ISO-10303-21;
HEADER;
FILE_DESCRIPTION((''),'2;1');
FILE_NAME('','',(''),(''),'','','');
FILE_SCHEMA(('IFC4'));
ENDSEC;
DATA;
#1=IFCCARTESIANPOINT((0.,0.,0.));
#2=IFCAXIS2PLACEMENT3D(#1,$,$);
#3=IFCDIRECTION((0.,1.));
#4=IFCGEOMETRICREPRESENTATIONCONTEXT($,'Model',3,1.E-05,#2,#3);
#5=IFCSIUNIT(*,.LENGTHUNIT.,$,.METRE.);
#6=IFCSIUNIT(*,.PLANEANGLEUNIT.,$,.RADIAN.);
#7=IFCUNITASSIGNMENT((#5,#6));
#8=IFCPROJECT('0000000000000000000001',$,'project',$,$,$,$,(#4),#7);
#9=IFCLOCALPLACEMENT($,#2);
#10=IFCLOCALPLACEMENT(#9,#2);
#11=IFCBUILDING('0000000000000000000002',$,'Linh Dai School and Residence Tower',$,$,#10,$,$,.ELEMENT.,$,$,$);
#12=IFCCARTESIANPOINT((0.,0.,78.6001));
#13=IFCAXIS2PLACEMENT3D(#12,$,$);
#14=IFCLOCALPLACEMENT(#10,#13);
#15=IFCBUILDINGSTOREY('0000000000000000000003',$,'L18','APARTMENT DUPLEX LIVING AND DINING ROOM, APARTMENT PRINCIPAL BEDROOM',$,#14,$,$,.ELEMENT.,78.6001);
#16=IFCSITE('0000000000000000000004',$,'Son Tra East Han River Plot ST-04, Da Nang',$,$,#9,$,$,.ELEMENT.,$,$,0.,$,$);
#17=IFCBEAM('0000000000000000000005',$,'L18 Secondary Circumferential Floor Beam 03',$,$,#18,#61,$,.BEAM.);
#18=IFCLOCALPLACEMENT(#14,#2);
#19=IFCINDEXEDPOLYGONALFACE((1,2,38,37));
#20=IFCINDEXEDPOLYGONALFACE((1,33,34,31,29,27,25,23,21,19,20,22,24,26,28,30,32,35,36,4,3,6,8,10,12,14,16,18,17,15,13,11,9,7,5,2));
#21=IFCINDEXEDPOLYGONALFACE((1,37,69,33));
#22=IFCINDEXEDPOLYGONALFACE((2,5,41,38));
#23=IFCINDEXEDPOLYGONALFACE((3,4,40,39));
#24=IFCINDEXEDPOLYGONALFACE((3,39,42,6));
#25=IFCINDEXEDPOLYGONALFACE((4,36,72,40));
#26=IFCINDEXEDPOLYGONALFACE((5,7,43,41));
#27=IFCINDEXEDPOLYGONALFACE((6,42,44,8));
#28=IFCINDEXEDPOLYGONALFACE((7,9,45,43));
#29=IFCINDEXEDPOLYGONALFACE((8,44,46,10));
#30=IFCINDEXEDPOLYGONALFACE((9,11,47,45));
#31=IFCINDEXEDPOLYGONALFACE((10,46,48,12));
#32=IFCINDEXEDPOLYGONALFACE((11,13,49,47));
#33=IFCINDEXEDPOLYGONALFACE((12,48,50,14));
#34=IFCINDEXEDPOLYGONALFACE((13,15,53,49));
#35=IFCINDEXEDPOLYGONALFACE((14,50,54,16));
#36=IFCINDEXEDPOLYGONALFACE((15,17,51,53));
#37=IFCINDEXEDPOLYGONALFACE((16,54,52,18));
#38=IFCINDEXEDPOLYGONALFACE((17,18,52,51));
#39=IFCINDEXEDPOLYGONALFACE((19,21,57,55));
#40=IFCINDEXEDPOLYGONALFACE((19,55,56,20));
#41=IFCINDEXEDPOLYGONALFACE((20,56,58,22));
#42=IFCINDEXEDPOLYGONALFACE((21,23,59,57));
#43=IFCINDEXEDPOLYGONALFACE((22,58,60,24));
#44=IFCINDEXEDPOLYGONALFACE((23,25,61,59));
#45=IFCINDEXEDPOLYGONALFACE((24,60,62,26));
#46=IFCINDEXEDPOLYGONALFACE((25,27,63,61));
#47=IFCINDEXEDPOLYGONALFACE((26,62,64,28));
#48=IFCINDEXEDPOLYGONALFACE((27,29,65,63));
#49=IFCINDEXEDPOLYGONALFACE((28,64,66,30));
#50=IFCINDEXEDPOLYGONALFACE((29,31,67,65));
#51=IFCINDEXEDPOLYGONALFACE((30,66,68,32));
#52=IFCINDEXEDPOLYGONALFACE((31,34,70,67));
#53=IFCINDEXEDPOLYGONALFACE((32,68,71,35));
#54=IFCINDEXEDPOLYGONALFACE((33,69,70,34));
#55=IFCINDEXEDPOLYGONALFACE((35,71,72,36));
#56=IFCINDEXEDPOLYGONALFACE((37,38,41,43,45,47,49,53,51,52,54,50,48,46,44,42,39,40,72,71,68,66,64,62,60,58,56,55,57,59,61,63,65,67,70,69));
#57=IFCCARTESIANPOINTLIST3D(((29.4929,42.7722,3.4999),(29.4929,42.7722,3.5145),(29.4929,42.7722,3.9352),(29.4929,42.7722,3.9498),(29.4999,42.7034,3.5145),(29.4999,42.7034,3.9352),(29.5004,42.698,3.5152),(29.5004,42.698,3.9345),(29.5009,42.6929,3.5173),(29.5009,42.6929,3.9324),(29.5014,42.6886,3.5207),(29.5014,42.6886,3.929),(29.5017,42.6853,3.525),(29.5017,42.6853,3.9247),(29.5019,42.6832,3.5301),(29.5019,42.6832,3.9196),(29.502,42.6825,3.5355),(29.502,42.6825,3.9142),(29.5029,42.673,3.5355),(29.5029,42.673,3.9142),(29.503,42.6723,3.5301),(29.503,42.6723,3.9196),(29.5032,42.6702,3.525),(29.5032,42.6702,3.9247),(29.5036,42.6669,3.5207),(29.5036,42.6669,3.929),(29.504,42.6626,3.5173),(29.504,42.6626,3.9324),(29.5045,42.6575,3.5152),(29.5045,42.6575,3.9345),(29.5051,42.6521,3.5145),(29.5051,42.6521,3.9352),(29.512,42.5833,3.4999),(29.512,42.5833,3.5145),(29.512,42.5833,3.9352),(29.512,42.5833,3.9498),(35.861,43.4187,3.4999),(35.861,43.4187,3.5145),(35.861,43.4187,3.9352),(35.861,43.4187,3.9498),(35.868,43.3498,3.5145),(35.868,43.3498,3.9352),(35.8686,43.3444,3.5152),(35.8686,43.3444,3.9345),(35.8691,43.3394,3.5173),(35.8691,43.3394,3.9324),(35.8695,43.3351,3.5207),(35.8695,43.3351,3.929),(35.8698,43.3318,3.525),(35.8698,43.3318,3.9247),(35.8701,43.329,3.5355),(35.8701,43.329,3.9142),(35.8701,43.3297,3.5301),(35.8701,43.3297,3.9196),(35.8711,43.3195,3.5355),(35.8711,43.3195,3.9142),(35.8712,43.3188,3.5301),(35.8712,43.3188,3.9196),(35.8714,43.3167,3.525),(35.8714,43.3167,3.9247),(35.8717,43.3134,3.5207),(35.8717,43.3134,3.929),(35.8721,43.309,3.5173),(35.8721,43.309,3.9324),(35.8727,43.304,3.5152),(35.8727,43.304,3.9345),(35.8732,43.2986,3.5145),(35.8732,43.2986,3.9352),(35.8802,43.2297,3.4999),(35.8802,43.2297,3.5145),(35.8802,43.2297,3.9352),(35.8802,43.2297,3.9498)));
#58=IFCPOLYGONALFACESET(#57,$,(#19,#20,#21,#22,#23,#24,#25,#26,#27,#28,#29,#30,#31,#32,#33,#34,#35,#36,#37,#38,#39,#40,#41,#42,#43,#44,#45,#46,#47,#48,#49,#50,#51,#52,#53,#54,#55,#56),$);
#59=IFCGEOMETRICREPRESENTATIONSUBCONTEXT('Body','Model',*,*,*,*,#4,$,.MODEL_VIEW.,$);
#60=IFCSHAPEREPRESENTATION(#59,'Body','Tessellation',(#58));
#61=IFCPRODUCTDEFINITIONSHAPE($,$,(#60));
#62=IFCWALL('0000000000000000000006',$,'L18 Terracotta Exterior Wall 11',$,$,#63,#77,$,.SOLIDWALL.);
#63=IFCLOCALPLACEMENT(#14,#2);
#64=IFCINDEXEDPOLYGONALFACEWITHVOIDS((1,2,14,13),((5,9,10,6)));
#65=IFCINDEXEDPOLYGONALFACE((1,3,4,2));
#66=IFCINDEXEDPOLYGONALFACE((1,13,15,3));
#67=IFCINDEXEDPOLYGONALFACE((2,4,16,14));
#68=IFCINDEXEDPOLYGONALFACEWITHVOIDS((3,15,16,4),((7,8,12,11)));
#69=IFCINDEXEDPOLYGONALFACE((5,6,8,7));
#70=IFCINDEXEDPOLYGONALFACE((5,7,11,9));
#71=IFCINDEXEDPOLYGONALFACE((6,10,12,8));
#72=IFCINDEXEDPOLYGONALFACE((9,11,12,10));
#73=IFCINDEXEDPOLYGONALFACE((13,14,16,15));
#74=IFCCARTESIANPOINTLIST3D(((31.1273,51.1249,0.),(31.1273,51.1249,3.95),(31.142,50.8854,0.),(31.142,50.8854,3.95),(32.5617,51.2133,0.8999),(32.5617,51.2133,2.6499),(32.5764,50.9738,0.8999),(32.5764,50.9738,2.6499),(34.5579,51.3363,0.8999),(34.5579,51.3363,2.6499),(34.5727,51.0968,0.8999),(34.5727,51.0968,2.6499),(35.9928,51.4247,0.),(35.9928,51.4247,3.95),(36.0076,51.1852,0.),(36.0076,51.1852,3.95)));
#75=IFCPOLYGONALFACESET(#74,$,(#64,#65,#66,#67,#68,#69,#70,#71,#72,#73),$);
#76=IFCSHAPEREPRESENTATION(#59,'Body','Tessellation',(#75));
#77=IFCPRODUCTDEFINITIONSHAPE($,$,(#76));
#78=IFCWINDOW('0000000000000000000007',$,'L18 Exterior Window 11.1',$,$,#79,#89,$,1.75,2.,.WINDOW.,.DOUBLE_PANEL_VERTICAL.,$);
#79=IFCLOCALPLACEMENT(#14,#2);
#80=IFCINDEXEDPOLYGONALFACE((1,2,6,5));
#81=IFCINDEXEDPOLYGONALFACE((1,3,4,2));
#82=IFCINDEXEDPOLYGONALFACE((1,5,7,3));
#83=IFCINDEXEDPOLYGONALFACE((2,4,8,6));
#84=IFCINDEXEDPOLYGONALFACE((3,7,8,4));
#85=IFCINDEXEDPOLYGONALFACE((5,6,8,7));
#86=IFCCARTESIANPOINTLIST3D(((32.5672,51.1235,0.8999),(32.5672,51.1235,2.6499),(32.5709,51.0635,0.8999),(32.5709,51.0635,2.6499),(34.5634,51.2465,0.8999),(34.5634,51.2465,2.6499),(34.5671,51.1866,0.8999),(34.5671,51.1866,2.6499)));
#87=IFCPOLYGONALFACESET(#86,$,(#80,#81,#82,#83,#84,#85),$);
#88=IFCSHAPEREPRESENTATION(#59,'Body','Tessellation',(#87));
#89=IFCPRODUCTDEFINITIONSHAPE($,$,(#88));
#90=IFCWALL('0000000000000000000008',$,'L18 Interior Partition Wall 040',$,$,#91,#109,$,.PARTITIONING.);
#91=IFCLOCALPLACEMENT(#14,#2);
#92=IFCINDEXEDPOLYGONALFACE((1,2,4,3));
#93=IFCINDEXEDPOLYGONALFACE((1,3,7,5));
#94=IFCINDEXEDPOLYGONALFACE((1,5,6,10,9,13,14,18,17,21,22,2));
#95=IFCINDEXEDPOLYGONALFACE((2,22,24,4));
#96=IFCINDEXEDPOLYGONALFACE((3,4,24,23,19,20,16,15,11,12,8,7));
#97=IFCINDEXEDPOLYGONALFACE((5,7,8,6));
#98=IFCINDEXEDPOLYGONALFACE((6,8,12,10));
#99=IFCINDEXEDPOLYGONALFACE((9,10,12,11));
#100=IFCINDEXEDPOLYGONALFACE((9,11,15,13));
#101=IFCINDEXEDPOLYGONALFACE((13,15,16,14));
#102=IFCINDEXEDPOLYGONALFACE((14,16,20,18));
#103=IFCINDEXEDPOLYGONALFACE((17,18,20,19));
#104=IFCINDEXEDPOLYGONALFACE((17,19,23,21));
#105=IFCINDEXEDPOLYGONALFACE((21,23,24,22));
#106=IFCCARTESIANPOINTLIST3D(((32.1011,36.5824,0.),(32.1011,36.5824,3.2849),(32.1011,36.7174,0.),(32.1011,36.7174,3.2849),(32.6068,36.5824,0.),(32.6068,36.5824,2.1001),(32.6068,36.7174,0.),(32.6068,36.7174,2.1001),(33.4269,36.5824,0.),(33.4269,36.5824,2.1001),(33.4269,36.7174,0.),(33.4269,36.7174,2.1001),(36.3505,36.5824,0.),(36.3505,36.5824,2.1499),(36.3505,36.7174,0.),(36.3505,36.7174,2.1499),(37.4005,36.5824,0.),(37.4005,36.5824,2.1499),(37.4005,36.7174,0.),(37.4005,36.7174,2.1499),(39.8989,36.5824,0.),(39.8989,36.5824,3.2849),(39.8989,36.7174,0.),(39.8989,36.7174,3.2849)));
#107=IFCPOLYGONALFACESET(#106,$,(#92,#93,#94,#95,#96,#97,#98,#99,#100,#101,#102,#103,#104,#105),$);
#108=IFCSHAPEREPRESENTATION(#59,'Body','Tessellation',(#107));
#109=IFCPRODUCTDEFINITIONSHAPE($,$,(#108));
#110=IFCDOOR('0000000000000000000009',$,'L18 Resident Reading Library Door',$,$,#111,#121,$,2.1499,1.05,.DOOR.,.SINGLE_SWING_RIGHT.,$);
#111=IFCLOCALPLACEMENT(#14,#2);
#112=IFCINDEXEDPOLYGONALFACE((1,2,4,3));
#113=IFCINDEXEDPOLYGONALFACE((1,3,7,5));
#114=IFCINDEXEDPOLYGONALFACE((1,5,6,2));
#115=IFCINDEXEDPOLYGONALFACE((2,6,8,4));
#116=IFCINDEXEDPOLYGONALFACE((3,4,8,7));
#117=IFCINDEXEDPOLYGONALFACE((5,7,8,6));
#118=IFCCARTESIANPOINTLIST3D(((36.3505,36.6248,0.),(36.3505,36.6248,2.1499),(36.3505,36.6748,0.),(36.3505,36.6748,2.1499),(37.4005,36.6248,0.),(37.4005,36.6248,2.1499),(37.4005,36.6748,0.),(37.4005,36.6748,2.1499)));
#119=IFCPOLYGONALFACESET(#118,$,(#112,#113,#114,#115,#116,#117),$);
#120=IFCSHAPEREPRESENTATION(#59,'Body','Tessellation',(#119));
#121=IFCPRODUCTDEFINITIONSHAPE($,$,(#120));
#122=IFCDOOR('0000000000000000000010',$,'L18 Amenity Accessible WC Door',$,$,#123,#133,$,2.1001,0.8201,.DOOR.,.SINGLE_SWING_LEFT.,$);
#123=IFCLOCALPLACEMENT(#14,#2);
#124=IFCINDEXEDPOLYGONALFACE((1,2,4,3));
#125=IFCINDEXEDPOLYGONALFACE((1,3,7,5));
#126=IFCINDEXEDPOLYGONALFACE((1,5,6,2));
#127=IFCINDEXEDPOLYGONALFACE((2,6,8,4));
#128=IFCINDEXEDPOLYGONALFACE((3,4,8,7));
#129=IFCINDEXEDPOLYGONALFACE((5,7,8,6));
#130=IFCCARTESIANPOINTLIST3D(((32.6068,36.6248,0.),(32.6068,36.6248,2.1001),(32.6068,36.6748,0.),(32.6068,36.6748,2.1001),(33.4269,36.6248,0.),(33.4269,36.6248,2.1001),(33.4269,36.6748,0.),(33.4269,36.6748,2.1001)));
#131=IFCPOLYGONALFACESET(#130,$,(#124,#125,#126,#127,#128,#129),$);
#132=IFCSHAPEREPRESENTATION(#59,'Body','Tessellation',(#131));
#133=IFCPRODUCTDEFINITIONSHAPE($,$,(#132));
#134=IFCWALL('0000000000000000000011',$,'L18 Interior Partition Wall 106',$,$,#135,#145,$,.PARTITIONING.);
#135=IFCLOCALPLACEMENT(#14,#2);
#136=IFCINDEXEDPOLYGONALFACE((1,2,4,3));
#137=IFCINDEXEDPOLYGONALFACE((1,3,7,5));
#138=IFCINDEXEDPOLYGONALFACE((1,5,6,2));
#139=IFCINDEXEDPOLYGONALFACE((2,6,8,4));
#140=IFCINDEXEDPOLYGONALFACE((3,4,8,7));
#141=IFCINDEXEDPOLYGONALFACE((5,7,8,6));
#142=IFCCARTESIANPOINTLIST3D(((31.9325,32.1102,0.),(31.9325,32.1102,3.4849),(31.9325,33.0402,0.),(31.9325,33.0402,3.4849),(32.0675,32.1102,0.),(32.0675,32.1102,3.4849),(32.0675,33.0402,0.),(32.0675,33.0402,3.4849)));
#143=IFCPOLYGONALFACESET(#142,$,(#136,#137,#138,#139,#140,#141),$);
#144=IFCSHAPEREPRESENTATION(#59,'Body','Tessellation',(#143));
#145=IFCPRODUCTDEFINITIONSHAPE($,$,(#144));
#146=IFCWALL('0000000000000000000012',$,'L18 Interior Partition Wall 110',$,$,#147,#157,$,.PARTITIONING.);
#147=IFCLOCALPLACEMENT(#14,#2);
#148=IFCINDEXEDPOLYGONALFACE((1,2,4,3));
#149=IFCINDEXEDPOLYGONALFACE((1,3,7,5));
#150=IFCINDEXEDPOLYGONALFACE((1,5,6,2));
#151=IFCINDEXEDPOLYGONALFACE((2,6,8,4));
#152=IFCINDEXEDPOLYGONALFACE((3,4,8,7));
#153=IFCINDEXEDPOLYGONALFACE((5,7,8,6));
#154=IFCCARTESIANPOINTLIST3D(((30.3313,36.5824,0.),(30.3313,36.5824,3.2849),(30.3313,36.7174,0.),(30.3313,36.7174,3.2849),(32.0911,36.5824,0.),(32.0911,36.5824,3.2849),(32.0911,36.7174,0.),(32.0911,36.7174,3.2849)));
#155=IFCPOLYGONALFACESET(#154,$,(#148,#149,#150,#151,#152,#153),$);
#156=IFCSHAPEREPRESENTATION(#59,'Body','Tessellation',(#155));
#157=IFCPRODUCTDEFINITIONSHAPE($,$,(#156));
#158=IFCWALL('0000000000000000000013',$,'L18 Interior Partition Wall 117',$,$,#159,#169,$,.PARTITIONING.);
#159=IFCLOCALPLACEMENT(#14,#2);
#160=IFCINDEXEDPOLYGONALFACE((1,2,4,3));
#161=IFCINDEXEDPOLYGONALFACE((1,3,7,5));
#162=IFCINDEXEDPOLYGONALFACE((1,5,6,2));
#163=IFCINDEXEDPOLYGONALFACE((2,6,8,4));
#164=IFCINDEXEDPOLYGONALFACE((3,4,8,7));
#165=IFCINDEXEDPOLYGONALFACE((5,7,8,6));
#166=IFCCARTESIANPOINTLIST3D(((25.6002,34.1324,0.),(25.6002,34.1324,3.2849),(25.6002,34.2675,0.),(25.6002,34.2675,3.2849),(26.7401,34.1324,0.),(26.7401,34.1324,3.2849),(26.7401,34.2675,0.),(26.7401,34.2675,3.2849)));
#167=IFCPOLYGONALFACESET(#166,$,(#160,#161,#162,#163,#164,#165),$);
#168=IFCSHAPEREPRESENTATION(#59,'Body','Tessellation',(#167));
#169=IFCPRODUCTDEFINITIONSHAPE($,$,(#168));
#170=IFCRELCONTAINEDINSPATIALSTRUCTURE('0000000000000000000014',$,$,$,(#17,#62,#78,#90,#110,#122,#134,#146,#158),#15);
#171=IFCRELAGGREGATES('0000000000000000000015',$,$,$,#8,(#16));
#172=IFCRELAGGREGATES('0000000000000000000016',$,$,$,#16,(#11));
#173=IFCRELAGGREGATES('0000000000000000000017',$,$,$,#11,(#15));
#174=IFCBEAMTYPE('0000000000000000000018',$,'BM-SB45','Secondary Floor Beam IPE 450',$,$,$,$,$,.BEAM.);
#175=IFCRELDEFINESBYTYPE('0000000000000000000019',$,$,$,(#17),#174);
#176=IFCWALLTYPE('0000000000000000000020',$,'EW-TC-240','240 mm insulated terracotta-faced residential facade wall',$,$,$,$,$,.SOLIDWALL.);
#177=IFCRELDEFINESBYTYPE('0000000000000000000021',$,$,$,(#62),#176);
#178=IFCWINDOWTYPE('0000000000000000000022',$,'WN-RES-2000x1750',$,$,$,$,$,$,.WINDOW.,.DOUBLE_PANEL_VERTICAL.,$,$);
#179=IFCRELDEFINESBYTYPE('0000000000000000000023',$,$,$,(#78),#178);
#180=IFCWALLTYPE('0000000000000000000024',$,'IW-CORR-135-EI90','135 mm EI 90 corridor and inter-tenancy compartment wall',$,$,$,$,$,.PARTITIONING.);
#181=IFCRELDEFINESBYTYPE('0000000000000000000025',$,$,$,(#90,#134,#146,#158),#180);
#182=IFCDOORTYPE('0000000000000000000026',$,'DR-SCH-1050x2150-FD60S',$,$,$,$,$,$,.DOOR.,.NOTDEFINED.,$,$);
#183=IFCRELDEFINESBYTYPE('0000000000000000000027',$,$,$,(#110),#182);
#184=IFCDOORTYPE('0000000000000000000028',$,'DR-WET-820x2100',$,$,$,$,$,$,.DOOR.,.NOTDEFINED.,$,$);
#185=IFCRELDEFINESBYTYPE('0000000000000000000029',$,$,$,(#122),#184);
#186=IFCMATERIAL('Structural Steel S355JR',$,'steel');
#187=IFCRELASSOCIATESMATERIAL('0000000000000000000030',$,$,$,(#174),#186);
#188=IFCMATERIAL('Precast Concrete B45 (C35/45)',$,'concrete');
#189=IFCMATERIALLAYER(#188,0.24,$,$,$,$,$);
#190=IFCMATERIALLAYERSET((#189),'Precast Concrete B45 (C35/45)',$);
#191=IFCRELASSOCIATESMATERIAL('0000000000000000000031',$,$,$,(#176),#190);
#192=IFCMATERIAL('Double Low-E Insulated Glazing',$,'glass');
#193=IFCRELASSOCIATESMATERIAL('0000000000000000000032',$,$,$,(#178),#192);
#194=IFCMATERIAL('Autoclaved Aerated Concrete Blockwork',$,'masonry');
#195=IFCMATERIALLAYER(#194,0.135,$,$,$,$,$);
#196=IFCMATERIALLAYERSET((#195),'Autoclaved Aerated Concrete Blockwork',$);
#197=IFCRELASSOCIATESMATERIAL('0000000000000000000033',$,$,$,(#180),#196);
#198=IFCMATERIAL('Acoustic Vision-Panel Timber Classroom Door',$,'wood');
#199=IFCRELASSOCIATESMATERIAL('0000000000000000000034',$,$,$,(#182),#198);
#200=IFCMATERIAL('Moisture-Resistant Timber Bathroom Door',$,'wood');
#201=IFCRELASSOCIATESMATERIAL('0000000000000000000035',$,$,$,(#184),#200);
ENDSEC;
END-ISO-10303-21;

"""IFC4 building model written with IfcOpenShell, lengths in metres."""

from ifc_helpers import new_model, si_unit, direction, frame, frame_2d, origin, origin_2d, place, context, subcontext, project, spatial, rectangle, i_section, extrude, source, transform, mapped, material, layer, layer_set, material_profile, profile_set, type_object, element, fill, save


model = new_model("IFC4")

# Units and contexts
model_context = context("Model", 3, precision=1e-05, world=origin(), true_north=direction((0.0, 1.0)))
body_context = subcontext(model_context, "Body", "Model", "MODEL_VIEW")
ifc_project = project(units=[si_unit("LENGTHUNIT", "METRE"), si_unit("PLANEANGLEUNIT", "RADIAN")], contexts=[model_context])

# Site, building, storey
site_placement = place(None, origin())
site = spatial("IfcSite", under=ifc_project, at=site_placement, Name="Son Tra East Han River Plot ST-04, Da Nang", CompositionType="ELEMENT", RefElevation=0.0)
building_placement = place(site_placement, origin())
building = spatial("IfcBuilding", under=site, at=building_placement, Name="Linh Dai School and Residence Tower", CompositionType="ELEMENT")
storey_placement = place(building_placement, frame((0.0, 0.0, 78.6001)))
storey = spatial("IfcBuildingStorey", under=building, at=storey_placement, Name="L18", Description="APARTMENT DUPLEX LIVING AND DINING ROOM, APARTMENT PRINCIPAL BEDROOM", CompositionType="ELEMENT", Elevation=78.6001)

# Shared definitions
ifc_material_1 = material(Name="Structural Steel S355JR", Category="steel")

# Beam
ifc_material_profile_1 = material_profile(ifc_material_1, i_section(OverallWidth=0.1899, OverallDepth=0.45, WebThickness=0.0095, FlangeThickness=0.0146, FilletRadius=0.021, at=origin_2d()), Name="IPE 450")
ifc_profile_set_1 = profile_set([ifc_material_profile_1], Name="Structural Steel S355JR")
beam_type_1 = type_object("IfcBeamType", Name="BM-SB45", Description="Secondary Floor Beam IPE 450", PredefinedType="BEAM", material=ifc_profile_set_1)
beam_1_placement = place(storey_placement, frame((35.8706, 43.3242, 3.7249), z_axis=(-0.994887, -0.100999, 0.0), x_axis=(0.100999, -0.994887, 0.0)))
element("IfcBeam", 1, at=beam_1_placement, inside=storey, type_object=beam_type_1, Name="L18 Secondary Circumferential Floor Beam 03", PredefinedType="BEAM", context=body_context, shape_type="SweptSolid", body=[
    extrude(i_section(OverallWidth=0.1899, OverallDepth=0.45, WebThickness=0.0095, FlangeThickness=0.0146, FilletRadius=0.021, at=origin_2d()), origin(), (0.0, 0.0, 1.0), 6.4009),
])

# Wall, opening, window
ifc_material_2 = material(Name="Precast Concrete B45 (C35/45)", Category="concrete")
ifc_layer_1 = layer(ifc_material_2, 0.24)
ifc_layer_set_1 = layer_set([ifc_layer_1], Name="Precast Concrete B45 (C35/45)")
wall_type_1 = type_object("IfcWallType", Name="EW-TC-240", Description="240 mm insulated terracotta-faced residential facade wall", PredefinedType="SOLIDWALL", material=ifc_layer_set_1)
wall_1_placement = place(storey_placement, frame((31.1345, 51.0051, 0.0), z_axis=(0.0, 0.0, 1.0), x_axis=(0.998107, 0.061502, 0.0)))
wall_1 = element("IfcWall", 2, at=wall_1_placement, inside=storey, type_object=wall_type_1, Name="L18 Terracotta Exterior Wall 11", PredefinedType="SOLIDWALL", context=body_context, shape_type="SweptSolid", body=[
    extrude(rectangle(XDim=4.8748, YDim=0.24, at=frame_2d((2.4375, 0.0))), origin(), (0.0, 0.0, 1.0), 3.95),
])
opening_1_placement = place(wall_1_placement, frame((1.4373, 0.0, 0.8999)))
opening_1 = element("IfcOpeningElement", 3, at=opening_1_placement, cuts=wall_1, PredefinedType="OPENING", context=body_context, shape_type="SweptSolid", body=[
    extrude(rectangle(XDim=2.0, YDim=1.75, at=origin_2d()), frame((1.0, 0.1299, 0.875), z_axis=(0.0, -1.0, 0.0), x_axis=(1.0, 0.0, 0.0)), (0.0, 0.0, 1.0), 0.26),
])
ifc_material_3 = material(Name="Double Low-E Insulated Glazing", Category="glass")
window_type = type_object("IfcWindowType", Name="WN-RES-2000x1750", PartitioningType="DOUBLE_PANEL_VERTICAL", PredefinedType="WINDOW", material=ifc_material_3)
shared_shape_1 = source(origin(), body_context, "Body", "SweptSolid", [
    extrude(rectangle(XDim=2.0, YDim=1.75, at=origin_2d()), frame((1.0, 0.03, 0.875), z_axis=(0.0, -1.0, 0.0), x_axis=(1.0, 0.0, 0.0)), (0.0, 0.0, 1.0), 0.0601),
])
window_placement = place(opening_1_placement, origin())
window = element("IfcWindow", 4, at=window_placement, inside=storey, type_object=window_type, Name="L18 Exterior Window 11.1", OverallHeight=1.75, OverallWidth=2.0, PartitioningType="DOUBLE_PANEL_VERTICAL", PredefinedType="WINDOW", context=body_context, shape_type="MappedRepresentation", body=[
    mapped(shared_shape_1, transform((0.0, 0.0, 0.0), x_axis=(1.0, 0.0, 0.0), y_axis=(0.0, 1.0, 0.0), z_axis=(0.0, 0.0, 1.0), scale=1.0)),
])
fill(opening_1, window)

# Wall, openings, doors
ifc_material_4 = material(Name="Autoclaved Aerated Concrete Blockwork", Category="masonry")
ifc_layer_2 = layer(ifc_material_4, 0.135)
ifc_layer_set_2 = layer_set([ifc_layer_2], Name="Autoclaved Aerated Concrete Blockwork")
wall_type_2 = type_object("IfcWallType", Name="IW-CORR-135-EI90", Description="135 mm EI 90 corridor and inter-tenancy compartment wall", PredefinedType="PARTITIONING", material=ifc_layer_set_2)
wall_2_placement = place(storey_placement, frame((32.1011, 36.6499, 0.0), z_axis=(0.0, 0.0, 1.0), x_axis=(1.0, 0.0, 0.0)))
wall_2 = element("IfcWall", 5, at=wall_2_placement, inside=storey, type_object=wall_type_2, Name="L18 Interior Partition Wall 040", PredefinedType="PARTITIONING", context=body_context, shape_type="SweptSolid", body=[
    extrude(rectangle(XDim=7.7979, YDim=0.135, at=frame_2d((3.8989, 0.0))), origin(), (0.0, 0.0, 1.0), 3.2849),
])
opening_2_placement = place(wall_2_placement, frame((4.2495, 0.0, 0.0)))
opening_2 = element("IfcOpeningElement", 6, at=opening_2_placement, cuts=wall_2, PredefinedType="OPENING", context=body_context, shape_type="SweptSolid", body=[
    extrude(rectangle(XDim=1.05, YDim=2.1499, at=origin_2d()), frame((0.5249, 0.0776, 1.075), z_axis=(0.0, -1.0, 0.0), x_axis=(1.0, 0.0, 0.0)), (0.0, 0.0, 1.0), 0.155),
])
opening_3_placement = place(wall_2_placement, frame((0.5056, 0.0, 0.0)))
opening_3 = element("IfcOpeningElement", 7, at=opening_3_placement, cuts=wall_2, PredefinedType="OPENING", context=body_context, shape_type="SweptSolid", body=[
    extrude(rectangle(XDim=0.8201, YDim=2.1001, at=origin_2d()), frame((0.4102, 0.0776, 1.05), z_axis=(0.0, -1.0, 0.0), x_axis=(1.0, 0.0, 0.0)), (0.0, 0.0, 1.0), 0.155),
])
ifc_material_5 = material(Name="Acoustic Vision-Panel Timber Classroom Door", Category="wood")
door_type_1 = type_object("IfcDoorType", Name="DR-SCH-1050x2150-FD60S", OperationType="NOTDEFINED", PredefinedType="DOOR", material=ifc_material_5)
shared_shape_2 = source(origin(), body_context, "Body", "SweptSolid", [
    extrude(rectangle(XDim=1.05, YDim=2.1499, at=origin_2d()), frame((0.5249, 0.0249, 1.075), z_axis=(0.0, -1.0, 0.0), x_axis=(1.0, 0.0, 0.0)), (0.0, 0.0, 1.0), 0.05),
])
door_1_placement = place(opening_2_placement, origin())
door_1 = element("IfcDoor", 8, at=door_1_placement, inside=storey, type_object=door_type_1, Name="L18 Resident Reading Library Door", OperationType="SINGLE_SWING_RIGHT", OverallHeight=2.1499, OverallWidth=1.05, PredefinedType="DOOR", context=body_context, shape_type="MappedRepresentation", body=[
    mapped(shared_shape_2, transform((0.0, 0.0, 0.0), x_axis=(1.0, 0.0, 0.0), y_axis=(0.0, 1.0, 0.0), z_axis=(0.0, 0.0, 1.0), scale=1.0)),
])
fill(opening_2, door_1)
ifc_material_6 = material(Name="Moisture-Resistant Timber Bathroom Door", Category="wood")
door_type_2 = type_object("IfcDoorType", Name="DR-WET-820x2100", OperationType="NOTDEFINED", PredefinedType="DOOR", material=ifc_material_6)
shared_shape_3 = source(origin(), body_context, "Body", "SweptSolid", [
    extrude(rectangle(XDim=0.8201, YDim=2.1001, at=origin_2d()), frame((0.4102, 0.0249, 1.05), z_axis=(0.0, -1.0, 0.0), x_axis=(1.0, 0.0, 0.0)), (0.0, 0.0, 1.0), 0.05),
])
door_2_placement = place(opening_3_placement, origin())
door_2 = element("IfcDoor", 9, at=door_2_placement, inside=storey, type_object=door_type_2, Name="L18 Amenity Accessible WC Door", OperationType="SINGLE_SWING_LEFT", OverallHeight=2.1001, OverallWidth=0.8201, PredefinedType="DOOR", context=body_context, shape_type="MappedRepresentation", body=[
    mapped(shared_shape_3, transform((0.0, 0.0, 0.0), x_axis=(1.0, 0.0, 0.0), y_axis=(0.0, 1.0, 0.0), z_axis=(0.0, 0.0, 1.0), scale=1.0)),
])
fill(opening_3, door_2)

# Walls
wall_3_placement = place(storey_placement, frame((32.0, 33.04, 0.0), z_axis=(0.0, 0.0, 1.0), x_axis=(0.0, -1.0, 0.0)))
element("IfcWall", 10, at=wall_3_placement, inside=storey, type_object=wall_type_2, Name="L18 Interior Partition Wall 106", PredefinedType="PARTITIONING", context=body_context, shape_type="SweptSolid", body=[
    extrude(rectangle(XDim=0.9299, YDim=0.135, at=frame_2d((0.4648, 0.0))), origin(), (0.0, 0.0, 1.0), 3.4849),
])
wall_4_placement = place(storey_placement, frame((30.3313, 36.6499, 0.0), z_axis=(0.0, 0.0, 1.0), x_axis=(1.0, 0.0, 0.0)))
element("IfcWall", 11, at=wall_4_placement, inside=storey, type_object=wall_type_2, Name="L18 Interior Partition Wall 110", PredefinedType="PARTITIONING", context=body_context, shape_type="SweptSolid", body=[
    extrude(rectangle(XDim=1.7598, YDim=0.135, at=frame_2d((0.8799, 0.0))), origin(), (0.0, 0.0, 1.0), 3.2849),
])
wall_5_placement = place(storey_placement, frame((26.74, 34.2, 0.0), z_axis=(0.0, 0.0, 1.0), x_axis=(-1.0, 0.0, 0.0)))
element("IfcWall", 12, at=wall_5_placement, inside=storey, type_object=wall_type_2, Name="L18 Interior Partition Wall 117", PredefinedType="PARTITIONING", context=body_context, shape_type="SweptSolid", body=[
    extrude(rectangle(XDim=1.1399, YDim=0.135, at=frame_2d((0.5698, 0.0))), origin(), (0.0, 0.0, 1.0), 3.2849),
])

save(model, "model.ifc")
